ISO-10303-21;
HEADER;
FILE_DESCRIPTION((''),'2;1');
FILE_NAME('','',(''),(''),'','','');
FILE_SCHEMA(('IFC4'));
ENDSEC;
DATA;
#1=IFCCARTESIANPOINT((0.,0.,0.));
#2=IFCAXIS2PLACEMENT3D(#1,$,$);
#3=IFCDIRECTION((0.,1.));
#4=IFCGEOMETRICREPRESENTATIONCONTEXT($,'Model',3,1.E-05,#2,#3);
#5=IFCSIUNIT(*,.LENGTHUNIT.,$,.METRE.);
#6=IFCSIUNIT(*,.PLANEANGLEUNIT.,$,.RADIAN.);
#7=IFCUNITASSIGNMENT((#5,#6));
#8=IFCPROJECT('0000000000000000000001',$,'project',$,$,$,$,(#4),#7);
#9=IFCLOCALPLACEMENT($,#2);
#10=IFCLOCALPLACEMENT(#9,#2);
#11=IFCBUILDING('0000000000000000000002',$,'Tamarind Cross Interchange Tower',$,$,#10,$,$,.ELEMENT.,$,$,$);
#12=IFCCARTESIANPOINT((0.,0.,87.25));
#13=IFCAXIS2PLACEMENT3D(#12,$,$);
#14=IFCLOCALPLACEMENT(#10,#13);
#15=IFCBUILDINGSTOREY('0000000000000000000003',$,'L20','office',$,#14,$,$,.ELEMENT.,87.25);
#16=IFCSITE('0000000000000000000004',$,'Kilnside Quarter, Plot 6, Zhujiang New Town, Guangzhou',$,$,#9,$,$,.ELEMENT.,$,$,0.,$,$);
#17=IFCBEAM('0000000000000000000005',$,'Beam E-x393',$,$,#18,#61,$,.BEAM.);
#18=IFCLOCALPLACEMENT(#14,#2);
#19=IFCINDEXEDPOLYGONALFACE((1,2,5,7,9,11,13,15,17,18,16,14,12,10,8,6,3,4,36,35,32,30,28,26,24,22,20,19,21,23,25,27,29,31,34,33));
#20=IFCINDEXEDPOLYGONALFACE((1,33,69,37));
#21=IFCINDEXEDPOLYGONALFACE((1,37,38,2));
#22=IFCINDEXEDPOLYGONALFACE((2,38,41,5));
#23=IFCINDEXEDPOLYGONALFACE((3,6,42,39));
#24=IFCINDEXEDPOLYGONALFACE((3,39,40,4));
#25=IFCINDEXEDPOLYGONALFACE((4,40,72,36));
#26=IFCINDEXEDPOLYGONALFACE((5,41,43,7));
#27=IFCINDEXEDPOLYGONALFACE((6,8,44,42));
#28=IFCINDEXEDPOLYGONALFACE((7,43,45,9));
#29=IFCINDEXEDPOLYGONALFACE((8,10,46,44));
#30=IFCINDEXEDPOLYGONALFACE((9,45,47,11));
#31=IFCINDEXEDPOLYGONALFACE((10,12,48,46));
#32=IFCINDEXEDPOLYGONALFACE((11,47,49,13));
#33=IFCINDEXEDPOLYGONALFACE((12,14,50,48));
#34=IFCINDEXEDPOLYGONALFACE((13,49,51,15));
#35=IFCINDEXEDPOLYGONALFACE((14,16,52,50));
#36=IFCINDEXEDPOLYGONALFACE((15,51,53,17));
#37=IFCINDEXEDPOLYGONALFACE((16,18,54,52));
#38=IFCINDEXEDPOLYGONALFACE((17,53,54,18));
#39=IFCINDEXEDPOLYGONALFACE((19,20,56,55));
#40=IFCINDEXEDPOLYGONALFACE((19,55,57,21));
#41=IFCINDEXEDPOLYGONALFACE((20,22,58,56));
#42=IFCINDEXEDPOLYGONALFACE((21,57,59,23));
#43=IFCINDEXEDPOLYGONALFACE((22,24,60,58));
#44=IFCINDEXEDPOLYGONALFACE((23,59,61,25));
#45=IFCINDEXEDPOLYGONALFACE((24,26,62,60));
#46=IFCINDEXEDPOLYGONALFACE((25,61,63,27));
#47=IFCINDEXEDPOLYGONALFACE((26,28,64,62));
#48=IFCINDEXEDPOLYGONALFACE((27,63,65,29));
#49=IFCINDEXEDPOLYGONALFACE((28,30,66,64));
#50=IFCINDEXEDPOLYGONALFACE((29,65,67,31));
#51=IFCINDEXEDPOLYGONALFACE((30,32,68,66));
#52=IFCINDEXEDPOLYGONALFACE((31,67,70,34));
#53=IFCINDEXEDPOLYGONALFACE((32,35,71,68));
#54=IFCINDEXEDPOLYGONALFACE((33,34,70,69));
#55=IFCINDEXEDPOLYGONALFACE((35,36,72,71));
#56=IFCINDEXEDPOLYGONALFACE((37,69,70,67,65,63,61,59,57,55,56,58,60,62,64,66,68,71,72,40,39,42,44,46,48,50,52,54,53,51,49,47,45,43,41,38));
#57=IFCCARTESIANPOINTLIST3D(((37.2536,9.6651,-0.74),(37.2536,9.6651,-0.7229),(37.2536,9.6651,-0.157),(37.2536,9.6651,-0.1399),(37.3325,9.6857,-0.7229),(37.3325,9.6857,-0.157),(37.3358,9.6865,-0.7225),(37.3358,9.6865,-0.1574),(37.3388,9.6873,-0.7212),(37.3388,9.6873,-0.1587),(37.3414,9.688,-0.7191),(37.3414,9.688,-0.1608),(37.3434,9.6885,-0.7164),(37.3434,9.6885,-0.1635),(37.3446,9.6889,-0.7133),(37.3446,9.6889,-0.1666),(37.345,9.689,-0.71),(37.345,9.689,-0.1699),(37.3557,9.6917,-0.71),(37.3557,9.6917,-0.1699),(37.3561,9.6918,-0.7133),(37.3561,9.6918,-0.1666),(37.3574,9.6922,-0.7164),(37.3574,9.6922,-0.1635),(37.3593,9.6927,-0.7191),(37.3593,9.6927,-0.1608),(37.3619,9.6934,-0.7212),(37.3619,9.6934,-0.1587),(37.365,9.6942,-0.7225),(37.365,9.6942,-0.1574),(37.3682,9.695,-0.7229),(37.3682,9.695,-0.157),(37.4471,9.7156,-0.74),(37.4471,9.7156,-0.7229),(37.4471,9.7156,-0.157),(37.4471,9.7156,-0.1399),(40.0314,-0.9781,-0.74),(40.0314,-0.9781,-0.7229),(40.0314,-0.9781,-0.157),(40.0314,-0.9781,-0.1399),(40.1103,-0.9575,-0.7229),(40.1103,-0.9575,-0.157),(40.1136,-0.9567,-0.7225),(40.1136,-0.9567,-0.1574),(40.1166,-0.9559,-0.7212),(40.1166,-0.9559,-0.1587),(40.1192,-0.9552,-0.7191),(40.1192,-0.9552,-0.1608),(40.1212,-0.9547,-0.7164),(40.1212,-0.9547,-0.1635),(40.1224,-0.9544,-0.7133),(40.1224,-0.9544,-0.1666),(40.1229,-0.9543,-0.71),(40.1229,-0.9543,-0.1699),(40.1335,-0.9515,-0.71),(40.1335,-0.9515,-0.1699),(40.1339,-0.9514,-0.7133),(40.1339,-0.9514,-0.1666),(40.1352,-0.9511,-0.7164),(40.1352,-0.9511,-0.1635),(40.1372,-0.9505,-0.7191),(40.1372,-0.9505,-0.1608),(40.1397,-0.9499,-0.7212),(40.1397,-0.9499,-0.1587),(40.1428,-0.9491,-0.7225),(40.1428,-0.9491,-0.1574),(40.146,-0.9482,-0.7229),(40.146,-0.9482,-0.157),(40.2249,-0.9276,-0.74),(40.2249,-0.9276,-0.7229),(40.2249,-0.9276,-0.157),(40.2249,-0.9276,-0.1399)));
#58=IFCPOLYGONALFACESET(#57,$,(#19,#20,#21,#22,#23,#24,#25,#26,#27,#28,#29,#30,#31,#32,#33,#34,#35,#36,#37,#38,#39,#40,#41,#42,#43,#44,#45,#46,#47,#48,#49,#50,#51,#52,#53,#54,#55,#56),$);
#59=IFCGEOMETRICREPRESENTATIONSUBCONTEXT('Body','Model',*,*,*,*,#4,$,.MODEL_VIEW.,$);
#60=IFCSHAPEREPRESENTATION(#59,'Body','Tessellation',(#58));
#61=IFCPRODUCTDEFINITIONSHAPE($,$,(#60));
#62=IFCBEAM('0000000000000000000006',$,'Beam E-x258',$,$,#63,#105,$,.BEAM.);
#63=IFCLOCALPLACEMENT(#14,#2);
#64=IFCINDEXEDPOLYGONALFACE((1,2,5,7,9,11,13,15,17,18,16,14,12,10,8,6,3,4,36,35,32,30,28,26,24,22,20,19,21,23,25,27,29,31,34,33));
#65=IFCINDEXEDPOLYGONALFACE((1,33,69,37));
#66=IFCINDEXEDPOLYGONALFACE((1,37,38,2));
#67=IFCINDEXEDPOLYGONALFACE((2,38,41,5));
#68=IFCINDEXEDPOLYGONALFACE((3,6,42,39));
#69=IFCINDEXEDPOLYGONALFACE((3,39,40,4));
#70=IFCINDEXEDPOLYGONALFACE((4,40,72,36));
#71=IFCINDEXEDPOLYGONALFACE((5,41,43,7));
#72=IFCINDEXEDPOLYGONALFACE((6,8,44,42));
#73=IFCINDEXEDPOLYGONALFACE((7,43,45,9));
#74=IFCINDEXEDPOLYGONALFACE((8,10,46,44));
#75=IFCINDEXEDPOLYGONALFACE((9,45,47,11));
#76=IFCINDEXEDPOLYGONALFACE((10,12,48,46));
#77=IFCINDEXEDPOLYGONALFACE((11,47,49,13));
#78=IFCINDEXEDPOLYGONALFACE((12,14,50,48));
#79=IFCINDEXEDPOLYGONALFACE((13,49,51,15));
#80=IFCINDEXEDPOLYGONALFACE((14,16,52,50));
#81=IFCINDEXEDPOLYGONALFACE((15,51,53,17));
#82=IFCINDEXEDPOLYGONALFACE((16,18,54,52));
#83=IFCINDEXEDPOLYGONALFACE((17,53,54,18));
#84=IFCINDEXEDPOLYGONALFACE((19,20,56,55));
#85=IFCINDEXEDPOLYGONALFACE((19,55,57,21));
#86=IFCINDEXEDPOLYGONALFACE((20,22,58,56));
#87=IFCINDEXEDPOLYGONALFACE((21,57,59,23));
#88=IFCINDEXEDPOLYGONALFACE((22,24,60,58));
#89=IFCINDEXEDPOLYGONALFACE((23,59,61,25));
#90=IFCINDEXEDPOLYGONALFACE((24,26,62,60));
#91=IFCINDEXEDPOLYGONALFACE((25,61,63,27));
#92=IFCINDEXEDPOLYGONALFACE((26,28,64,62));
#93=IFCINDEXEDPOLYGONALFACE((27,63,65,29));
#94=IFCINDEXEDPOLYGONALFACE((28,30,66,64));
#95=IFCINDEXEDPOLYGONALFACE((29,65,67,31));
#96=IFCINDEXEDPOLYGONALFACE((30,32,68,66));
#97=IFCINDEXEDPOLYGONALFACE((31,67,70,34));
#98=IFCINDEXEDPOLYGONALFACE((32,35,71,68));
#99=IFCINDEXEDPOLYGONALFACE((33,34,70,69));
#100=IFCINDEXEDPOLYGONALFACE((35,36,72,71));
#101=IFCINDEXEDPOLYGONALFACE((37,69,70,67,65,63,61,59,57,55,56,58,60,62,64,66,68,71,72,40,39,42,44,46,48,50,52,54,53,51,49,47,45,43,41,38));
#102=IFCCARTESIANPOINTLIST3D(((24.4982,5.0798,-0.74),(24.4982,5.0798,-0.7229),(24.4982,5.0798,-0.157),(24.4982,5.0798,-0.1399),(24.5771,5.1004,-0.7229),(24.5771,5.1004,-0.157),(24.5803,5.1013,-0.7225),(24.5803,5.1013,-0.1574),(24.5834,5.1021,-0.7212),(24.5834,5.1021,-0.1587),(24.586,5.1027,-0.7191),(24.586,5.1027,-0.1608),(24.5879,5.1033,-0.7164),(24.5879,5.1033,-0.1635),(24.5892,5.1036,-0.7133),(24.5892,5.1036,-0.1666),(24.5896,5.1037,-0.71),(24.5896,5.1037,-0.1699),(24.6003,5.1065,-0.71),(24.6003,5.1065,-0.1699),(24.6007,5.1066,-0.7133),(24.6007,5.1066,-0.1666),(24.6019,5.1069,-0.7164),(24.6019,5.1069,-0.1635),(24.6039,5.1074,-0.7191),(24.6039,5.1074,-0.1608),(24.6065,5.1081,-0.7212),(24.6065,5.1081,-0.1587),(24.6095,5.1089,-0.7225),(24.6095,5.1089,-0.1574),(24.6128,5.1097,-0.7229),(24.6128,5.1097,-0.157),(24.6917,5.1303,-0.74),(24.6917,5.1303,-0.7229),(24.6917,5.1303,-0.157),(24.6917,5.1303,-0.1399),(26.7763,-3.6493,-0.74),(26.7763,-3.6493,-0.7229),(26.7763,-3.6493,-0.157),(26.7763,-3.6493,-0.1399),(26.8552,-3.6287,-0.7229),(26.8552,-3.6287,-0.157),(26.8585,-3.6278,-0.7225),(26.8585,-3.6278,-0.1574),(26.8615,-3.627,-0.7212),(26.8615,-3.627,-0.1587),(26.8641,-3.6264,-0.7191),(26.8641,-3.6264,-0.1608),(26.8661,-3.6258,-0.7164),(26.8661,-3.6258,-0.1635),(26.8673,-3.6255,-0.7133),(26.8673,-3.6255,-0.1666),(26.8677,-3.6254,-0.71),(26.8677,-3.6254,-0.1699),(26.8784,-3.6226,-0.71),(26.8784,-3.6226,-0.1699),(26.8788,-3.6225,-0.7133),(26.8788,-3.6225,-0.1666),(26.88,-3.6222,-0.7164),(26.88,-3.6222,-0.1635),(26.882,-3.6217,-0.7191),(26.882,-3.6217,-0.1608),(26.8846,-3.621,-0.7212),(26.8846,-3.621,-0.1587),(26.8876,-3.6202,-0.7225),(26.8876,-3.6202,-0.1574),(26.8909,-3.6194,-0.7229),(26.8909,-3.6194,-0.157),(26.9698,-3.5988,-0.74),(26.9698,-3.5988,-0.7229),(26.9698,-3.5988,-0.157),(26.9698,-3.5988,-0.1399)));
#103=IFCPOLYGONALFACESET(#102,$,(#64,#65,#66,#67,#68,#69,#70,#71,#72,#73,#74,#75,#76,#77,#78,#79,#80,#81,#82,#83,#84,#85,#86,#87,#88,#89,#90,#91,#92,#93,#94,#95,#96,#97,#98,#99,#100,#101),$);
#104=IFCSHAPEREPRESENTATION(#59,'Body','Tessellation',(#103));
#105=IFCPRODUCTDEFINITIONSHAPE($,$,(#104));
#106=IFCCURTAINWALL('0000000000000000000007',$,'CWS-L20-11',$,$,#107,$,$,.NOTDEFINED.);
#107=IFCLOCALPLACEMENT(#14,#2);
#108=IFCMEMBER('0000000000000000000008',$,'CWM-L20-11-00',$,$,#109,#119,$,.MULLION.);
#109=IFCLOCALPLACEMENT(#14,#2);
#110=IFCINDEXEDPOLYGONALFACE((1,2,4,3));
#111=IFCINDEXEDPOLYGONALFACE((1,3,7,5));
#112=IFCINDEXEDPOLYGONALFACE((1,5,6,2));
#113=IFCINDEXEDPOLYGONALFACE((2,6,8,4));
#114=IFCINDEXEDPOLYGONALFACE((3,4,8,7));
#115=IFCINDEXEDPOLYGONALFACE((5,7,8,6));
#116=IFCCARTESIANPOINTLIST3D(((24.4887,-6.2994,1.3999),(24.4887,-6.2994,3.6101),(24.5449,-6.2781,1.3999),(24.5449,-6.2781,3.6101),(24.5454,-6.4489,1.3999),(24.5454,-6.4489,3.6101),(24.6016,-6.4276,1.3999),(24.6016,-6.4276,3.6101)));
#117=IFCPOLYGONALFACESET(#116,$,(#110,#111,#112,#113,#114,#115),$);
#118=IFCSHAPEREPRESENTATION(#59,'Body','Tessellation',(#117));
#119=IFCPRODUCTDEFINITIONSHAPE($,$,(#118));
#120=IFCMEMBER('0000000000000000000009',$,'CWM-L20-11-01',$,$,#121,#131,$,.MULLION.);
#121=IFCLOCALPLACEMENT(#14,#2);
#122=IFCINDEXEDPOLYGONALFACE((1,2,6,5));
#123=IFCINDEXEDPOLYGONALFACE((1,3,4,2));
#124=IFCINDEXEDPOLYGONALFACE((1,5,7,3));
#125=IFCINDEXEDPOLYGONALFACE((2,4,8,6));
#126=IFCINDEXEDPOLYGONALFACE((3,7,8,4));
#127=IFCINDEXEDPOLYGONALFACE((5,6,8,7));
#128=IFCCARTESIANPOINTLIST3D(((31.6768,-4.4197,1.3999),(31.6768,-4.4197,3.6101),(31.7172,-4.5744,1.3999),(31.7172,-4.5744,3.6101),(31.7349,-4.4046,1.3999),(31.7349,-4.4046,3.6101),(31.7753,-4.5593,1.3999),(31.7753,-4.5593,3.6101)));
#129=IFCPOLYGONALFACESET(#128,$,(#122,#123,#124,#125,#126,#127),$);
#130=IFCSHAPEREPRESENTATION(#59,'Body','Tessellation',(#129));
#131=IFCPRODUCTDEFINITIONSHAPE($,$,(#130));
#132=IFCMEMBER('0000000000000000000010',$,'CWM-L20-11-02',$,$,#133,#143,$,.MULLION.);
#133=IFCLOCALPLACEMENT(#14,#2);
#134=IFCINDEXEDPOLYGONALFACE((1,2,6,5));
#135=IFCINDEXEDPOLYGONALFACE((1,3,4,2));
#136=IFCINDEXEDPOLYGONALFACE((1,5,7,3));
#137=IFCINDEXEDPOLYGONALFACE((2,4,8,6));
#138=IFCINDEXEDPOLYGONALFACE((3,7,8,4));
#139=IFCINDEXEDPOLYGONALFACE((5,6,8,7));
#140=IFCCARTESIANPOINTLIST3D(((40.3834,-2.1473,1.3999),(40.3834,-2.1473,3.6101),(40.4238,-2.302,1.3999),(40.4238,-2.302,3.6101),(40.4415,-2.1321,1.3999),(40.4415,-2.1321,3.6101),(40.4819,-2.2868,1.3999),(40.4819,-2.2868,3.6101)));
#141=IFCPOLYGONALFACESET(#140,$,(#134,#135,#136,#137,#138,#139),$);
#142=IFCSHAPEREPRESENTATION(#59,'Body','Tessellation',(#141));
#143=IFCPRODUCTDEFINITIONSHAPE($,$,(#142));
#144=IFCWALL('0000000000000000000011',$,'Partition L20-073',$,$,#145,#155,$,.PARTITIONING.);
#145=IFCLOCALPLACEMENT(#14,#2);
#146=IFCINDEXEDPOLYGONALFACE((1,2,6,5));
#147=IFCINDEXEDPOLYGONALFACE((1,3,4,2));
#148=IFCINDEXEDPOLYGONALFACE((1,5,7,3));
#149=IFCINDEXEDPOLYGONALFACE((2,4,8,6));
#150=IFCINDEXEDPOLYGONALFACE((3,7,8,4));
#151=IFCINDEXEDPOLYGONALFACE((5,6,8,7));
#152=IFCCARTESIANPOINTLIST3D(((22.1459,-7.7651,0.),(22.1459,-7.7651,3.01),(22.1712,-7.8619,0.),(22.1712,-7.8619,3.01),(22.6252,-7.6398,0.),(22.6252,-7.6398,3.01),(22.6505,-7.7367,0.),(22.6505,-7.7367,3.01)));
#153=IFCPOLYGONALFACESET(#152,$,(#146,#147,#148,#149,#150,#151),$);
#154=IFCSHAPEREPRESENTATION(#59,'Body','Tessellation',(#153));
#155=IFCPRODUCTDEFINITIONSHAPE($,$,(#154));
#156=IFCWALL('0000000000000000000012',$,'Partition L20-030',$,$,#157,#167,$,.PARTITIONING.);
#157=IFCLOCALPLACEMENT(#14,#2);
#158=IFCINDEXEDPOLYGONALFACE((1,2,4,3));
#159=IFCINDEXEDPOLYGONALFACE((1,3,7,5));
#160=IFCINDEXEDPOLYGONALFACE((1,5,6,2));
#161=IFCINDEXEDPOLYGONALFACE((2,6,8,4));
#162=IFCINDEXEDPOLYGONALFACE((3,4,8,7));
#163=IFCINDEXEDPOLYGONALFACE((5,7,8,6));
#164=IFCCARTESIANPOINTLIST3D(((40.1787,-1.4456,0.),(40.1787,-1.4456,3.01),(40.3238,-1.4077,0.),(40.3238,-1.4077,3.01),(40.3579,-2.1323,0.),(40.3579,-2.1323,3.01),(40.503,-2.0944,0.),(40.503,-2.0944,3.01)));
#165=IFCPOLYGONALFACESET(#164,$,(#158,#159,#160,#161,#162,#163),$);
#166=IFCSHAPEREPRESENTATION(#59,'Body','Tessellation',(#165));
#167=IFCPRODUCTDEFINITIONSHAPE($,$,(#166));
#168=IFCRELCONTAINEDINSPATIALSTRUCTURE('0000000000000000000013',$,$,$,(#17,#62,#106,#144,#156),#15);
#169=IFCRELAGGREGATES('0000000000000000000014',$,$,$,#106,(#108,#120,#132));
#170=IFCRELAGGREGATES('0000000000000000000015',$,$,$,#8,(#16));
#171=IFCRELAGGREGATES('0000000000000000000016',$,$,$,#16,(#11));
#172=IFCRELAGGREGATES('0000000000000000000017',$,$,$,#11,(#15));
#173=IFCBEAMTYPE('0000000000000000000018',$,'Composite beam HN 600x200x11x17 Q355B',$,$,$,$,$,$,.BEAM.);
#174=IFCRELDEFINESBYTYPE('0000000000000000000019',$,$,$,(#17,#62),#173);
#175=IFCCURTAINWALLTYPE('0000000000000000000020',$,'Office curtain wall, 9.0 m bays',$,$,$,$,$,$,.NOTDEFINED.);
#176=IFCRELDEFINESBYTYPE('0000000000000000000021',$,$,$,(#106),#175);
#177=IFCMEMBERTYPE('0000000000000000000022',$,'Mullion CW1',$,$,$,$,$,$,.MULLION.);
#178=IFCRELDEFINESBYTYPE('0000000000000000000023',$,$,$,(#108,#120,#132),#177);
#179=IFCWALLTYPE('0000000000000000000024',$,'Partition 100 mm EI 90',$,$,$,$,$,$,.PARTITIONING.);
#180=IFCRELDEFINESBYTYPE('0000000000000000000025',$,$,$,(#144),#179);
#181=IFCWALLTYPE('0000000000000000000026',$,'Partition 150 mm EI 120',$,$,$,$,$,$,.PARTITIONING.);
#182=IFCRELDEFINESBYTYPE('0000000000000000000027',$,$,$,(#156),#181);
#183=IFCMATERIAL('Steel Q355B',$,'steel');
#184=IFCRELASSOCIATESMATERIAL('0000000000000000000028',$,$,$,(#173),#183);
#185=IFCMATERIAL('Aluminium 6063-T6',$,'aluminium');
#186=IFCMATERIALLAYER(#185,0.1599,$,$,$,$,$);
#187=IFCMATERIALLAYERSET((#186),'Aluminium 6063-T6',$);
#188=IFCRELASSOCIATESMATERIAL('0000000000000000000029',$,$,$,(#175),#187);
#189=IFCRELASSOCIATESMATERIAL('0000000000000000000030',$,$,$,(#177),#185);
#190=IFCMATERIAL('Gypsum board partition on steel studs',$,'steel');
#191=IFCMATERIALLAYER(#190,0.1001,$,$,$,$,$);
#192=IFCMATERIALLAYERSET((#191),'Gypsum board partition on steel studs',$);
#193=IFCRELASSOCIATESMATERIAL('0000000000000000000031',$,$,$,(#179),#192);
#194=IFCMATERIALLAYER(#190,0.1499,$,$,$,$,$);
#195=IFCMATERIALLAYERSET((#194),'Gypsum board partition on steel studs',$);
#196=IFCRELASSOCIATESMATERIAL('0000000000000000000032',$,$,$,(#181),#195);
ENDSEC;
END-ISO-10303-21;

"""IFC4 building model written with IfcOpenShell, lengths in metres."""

from ifc_helpers import new_model, si_unit, direction, frame, frame_2d, origin, origin_2d, place, context, subcontext, project, spatial, rectangle, i_section, extrude, material, layer, layer_set, material_profile, profile_set, type_object, element, aggregate, save


model = new_model("IFC4")

# Units and contexts
model_context = context("Model", 3, precision=1e-05, world=origin(), true_north=direction((0.0, 1.0)))
body_context = subcontext(model_context, "Body", "Model", "MODEL_VIEW")
ifc_project = project(units=[si_unit("LENGTHUNIT", "METRE"), si_unit("PLANEANGLEUNIT", "RADIAN")], contexts=[model_context])

# Site, building, storey
site_placement = place(None, origin())
site = spatial("IfcSite", under=ifc_project, at=site_placement, Name="Kilnside Quarter, Plot 6, Zhujiang New Town, Guangzhou", CompositionType="ELEMENT", RefElevation=0.0)
building_placement = place(site_placement, origin())
building = spatial("IfcBuilding", under=site, at=building_placement, Name="Tamarind Cross Interchange Tower", CompositionType="ELEMENT")
storey_placement = place(building_placement, frame((0.0, 0.0, 87.25)))
storey = spatial("IfcBuildingStorey", under=building, at=storey_placement, Name="L20", Description="office", CompositionType="ELEMENT", Elevation=87.25)

# Beams
ifc_material_1 = material(Name="Steel Q355B", Category="steel")
ifc_material_profile_1 = material_profile(ifc_material_1, i_section(OverallWidth=0.2, OverallDepth=0.6001, WebThickness=0.011, FlangeThickness=0.0171, FilletRadius=0.0129, at=origin_2d()), Name="HN 600x200x11x17")
ifc_profile_set_1 = profile_set([ifc_material_profile_1], Name="Steel Q355B")
beam_type_1 = type_object("IfcBeamType", Name="Composite beam HN 600x200x11x17 Q355B", PredefinedType="BEAM", material=ifc_profile_set_1)
for number, where, z_axis, x_axis, name in (
    (1, (40.1282, -0.9529, -0.4399), (-0.252534, 0.967588, 0.0), (-0.967588, -0.252534, 0.0), "Beam E-x393"),
):
    element("IfcBeam", number, at=place(storey_placement, frame(where, z_axis=z_axis, x_axis=x_axis)), inside=storey, type_object=beam_type_1, Name=name, PredefinedType="BEAM", context=body_context, shape_type="SweptSolid", body=[
        extrude(i_section(OverallWidth=0.2, OverallDepth=0.6001, WebThickness=0.011, FlangeThickness=0.0171, FilletRadius=0.0129, at=origin_2d()), origin(), (0.0, 0.0, 1.0), 10.9998),
    ])
beam_1_placement = place(storey_placement, frame((26.873, -3.624, -0.4399), z_axis=(-0.25252, 0.967592, 0.0), x_axis=(-0.967592, -0.25252, 0.0)))
element("IfcBeam", 2, at=beam_1_placement, inside=storey, type_object=beam_type_1, Name="Beam E-x258", PredefinedType="BEAM", context=body_context, shape_type="SweptSolid", body=[
    extrude(i_section(OverallWidth=0.2, OverallDepth=0.6001, WebThickness=0.011, FlangeThickness=0.0171, FilletRadius=0.0129, at=origin_2d()), origin(), (0.0, 0.0, 1.0), 9.0215),
])

# Curtain wall, members
ifc_material_2 = material(Name="Aluminium 6063-T6", Category="aluminium")
ifc_layer_1 = layer(ifc_material_2, 0.1599)
ifc_layer_set_1 = layer_set([ifc_layer_1], Name="Aluminium 6063-T6")
curtain_wall_type = type_object("IfcCurtainWallType", Name="Office curtain wall, 9.0 m bays", PredefinedType="NOTDEFINED", material=ifc_layer_set_1)
curtain_wall_placement = place(storey_placement, origin())
curtain_wall = element("IfcCurtainWall", 3, at=curtain_wall_placement, inside=storey, type_object=curtain_wall_type, Name="CWS-L20-11", PredefinedType="NOTDEFINED")
ifc_material_profile_2 = material_profile(ifc_material_2, rectangle(XDim=0.0601, YDim=0.1599, at=origin_2d()), Name="Mullion CW1")
ifc_profile_set_2 = profile_set([ifc_material_profile_2], Name="Aluminium 6063-T6")
member_type = type_object("IfcMemberType", Name="Mullion CW1", PredefinedType="MULLION", material=ifc_profile_set_2)
member_1_placement = place(storey_placement, frame((24.5452, -6.3635, 1.3999), z_axis=(0.0, 0.0, 1.0), x_axis=(0.935031, 0.354566, 0.0)))
member_1 = element("IfcMember", 4, at=member_1_placement, type_object=member_type, Name="CWM-L20-11-00", PredefinedType="MULLION", context=body_context, shape_type="SweptSolid", body=[
    extrude(rectangle(XDim=0.0601, YDim=0.1599, at=origin_2d()), origin(), (0.0, 0.0, 1.0), 2.2102),
])
member_2_placement = place(storey_placement, frame((31.7261, -4.4895, 1.3999), z_axis=(0.0, 0.0, 1.0), x_axis=(0.967589, 0.252529, 0.0)))
member_2 = element("IfcMember", 5, at=member_2_placement, type_object=member_type, Name="CWM-L20-11-01", PredefinedType="MULLION", context=body_context, shape_type="SweptSolid", body=[
    extrude(rectangle(XDim=0.0601, YDim=0.1599, at=origin_2d()), origin(), (0.0, 0.0, 1.0), 2.2102),
])
member_3_placement = place(storey_placement, frame((40.4326, -2.217, 1.3999), z_axis=(0.0, 0.0, 1.0), x_axis=(0.967589, 0.252529, 0.0)))
member_3 = element("IfcMember", 6, at=member_3_placement, type_object=member_type, Name="CWM-L20-11-02", PredefinedType="MULLION", context=body_context, shape_type="SweptSolid", body=[
    extrude(rectangle(XDim=0.0601, YDim=0.1599, at=origin_2d()), origin(), (0.0, 0.0, 1.0), 2.2102),
])
aggregate(curtain_wall, [member_1, member_2, member_3])

# Walls
ifc_material_3 = material(Name="Gypsum board partition on steel studs", Category="steel")
ifc_layer_2 = layer(ifc_material_3, 0.1001)
ifc_layer_set_2 = layer_set([ifc_layer_2], Name="Gypsum board partition on steel studs")
wall_type_1 = type_object("IfcWallType", Name="Partition 100 mm EI 90", PredefinedType="PARTITIONING", material=ifc_layer_set_2)
wall_1_placement = place(storey_placement, frame((22.1587, -7.8135, 0.0), z_axis=(0.0, 0.0, 1.0), x_axis=(0.967507, 0.252843, 0.0)))
element("IfcWall", 7, at=wall_1_placement, inside=storey, type_object=wall_type_1, Name="Partition L20-073", PredefinedType="PARTITIONING", context=body_context, shape_type="SweptSolid", body=[
    extrude(rectangle(XDim=0.4954, YDim=0.1001, at=frame_2d((0.2476, 0.0))), origin(), (0.0, 0.0, 1.0), 3.01),
])
ifc_layer_3 = layer(ifc_material_3, 0.1499)
ifc_layer_set_3 = layer_set([ifc_layer_3], Name="Gypsum board partition on steel studs")
wall_type_2 = type_object("IfcWallType", Name="Partition 150 mm EI 120", PredefinedType="PARTITIONING", material=ifc_layer_set_3)
wall_2_placement = place(storey_placement, frame((40.2512, -1.4265, 0.0), z_axis=(0.0, 0.0, 1.0), x_axis=(0.252478, -0.967603, 0.0)))
element("IfcWall", 8, at=wall_2_placement, inside=storey, type_object=wall_type_2, Name="Partition L20-030", PredefinedType="PARTITIONING", context=body_context, shape_type="SweptSolid", body=[
    extrude(rectangle(XDim=0.7097, YDim=0.1499, at=frame_2d((0.355, 0.0))), origin(), (0.0, 0.0, 1.0), 3.01),
])

save(model, "model.ifc")
